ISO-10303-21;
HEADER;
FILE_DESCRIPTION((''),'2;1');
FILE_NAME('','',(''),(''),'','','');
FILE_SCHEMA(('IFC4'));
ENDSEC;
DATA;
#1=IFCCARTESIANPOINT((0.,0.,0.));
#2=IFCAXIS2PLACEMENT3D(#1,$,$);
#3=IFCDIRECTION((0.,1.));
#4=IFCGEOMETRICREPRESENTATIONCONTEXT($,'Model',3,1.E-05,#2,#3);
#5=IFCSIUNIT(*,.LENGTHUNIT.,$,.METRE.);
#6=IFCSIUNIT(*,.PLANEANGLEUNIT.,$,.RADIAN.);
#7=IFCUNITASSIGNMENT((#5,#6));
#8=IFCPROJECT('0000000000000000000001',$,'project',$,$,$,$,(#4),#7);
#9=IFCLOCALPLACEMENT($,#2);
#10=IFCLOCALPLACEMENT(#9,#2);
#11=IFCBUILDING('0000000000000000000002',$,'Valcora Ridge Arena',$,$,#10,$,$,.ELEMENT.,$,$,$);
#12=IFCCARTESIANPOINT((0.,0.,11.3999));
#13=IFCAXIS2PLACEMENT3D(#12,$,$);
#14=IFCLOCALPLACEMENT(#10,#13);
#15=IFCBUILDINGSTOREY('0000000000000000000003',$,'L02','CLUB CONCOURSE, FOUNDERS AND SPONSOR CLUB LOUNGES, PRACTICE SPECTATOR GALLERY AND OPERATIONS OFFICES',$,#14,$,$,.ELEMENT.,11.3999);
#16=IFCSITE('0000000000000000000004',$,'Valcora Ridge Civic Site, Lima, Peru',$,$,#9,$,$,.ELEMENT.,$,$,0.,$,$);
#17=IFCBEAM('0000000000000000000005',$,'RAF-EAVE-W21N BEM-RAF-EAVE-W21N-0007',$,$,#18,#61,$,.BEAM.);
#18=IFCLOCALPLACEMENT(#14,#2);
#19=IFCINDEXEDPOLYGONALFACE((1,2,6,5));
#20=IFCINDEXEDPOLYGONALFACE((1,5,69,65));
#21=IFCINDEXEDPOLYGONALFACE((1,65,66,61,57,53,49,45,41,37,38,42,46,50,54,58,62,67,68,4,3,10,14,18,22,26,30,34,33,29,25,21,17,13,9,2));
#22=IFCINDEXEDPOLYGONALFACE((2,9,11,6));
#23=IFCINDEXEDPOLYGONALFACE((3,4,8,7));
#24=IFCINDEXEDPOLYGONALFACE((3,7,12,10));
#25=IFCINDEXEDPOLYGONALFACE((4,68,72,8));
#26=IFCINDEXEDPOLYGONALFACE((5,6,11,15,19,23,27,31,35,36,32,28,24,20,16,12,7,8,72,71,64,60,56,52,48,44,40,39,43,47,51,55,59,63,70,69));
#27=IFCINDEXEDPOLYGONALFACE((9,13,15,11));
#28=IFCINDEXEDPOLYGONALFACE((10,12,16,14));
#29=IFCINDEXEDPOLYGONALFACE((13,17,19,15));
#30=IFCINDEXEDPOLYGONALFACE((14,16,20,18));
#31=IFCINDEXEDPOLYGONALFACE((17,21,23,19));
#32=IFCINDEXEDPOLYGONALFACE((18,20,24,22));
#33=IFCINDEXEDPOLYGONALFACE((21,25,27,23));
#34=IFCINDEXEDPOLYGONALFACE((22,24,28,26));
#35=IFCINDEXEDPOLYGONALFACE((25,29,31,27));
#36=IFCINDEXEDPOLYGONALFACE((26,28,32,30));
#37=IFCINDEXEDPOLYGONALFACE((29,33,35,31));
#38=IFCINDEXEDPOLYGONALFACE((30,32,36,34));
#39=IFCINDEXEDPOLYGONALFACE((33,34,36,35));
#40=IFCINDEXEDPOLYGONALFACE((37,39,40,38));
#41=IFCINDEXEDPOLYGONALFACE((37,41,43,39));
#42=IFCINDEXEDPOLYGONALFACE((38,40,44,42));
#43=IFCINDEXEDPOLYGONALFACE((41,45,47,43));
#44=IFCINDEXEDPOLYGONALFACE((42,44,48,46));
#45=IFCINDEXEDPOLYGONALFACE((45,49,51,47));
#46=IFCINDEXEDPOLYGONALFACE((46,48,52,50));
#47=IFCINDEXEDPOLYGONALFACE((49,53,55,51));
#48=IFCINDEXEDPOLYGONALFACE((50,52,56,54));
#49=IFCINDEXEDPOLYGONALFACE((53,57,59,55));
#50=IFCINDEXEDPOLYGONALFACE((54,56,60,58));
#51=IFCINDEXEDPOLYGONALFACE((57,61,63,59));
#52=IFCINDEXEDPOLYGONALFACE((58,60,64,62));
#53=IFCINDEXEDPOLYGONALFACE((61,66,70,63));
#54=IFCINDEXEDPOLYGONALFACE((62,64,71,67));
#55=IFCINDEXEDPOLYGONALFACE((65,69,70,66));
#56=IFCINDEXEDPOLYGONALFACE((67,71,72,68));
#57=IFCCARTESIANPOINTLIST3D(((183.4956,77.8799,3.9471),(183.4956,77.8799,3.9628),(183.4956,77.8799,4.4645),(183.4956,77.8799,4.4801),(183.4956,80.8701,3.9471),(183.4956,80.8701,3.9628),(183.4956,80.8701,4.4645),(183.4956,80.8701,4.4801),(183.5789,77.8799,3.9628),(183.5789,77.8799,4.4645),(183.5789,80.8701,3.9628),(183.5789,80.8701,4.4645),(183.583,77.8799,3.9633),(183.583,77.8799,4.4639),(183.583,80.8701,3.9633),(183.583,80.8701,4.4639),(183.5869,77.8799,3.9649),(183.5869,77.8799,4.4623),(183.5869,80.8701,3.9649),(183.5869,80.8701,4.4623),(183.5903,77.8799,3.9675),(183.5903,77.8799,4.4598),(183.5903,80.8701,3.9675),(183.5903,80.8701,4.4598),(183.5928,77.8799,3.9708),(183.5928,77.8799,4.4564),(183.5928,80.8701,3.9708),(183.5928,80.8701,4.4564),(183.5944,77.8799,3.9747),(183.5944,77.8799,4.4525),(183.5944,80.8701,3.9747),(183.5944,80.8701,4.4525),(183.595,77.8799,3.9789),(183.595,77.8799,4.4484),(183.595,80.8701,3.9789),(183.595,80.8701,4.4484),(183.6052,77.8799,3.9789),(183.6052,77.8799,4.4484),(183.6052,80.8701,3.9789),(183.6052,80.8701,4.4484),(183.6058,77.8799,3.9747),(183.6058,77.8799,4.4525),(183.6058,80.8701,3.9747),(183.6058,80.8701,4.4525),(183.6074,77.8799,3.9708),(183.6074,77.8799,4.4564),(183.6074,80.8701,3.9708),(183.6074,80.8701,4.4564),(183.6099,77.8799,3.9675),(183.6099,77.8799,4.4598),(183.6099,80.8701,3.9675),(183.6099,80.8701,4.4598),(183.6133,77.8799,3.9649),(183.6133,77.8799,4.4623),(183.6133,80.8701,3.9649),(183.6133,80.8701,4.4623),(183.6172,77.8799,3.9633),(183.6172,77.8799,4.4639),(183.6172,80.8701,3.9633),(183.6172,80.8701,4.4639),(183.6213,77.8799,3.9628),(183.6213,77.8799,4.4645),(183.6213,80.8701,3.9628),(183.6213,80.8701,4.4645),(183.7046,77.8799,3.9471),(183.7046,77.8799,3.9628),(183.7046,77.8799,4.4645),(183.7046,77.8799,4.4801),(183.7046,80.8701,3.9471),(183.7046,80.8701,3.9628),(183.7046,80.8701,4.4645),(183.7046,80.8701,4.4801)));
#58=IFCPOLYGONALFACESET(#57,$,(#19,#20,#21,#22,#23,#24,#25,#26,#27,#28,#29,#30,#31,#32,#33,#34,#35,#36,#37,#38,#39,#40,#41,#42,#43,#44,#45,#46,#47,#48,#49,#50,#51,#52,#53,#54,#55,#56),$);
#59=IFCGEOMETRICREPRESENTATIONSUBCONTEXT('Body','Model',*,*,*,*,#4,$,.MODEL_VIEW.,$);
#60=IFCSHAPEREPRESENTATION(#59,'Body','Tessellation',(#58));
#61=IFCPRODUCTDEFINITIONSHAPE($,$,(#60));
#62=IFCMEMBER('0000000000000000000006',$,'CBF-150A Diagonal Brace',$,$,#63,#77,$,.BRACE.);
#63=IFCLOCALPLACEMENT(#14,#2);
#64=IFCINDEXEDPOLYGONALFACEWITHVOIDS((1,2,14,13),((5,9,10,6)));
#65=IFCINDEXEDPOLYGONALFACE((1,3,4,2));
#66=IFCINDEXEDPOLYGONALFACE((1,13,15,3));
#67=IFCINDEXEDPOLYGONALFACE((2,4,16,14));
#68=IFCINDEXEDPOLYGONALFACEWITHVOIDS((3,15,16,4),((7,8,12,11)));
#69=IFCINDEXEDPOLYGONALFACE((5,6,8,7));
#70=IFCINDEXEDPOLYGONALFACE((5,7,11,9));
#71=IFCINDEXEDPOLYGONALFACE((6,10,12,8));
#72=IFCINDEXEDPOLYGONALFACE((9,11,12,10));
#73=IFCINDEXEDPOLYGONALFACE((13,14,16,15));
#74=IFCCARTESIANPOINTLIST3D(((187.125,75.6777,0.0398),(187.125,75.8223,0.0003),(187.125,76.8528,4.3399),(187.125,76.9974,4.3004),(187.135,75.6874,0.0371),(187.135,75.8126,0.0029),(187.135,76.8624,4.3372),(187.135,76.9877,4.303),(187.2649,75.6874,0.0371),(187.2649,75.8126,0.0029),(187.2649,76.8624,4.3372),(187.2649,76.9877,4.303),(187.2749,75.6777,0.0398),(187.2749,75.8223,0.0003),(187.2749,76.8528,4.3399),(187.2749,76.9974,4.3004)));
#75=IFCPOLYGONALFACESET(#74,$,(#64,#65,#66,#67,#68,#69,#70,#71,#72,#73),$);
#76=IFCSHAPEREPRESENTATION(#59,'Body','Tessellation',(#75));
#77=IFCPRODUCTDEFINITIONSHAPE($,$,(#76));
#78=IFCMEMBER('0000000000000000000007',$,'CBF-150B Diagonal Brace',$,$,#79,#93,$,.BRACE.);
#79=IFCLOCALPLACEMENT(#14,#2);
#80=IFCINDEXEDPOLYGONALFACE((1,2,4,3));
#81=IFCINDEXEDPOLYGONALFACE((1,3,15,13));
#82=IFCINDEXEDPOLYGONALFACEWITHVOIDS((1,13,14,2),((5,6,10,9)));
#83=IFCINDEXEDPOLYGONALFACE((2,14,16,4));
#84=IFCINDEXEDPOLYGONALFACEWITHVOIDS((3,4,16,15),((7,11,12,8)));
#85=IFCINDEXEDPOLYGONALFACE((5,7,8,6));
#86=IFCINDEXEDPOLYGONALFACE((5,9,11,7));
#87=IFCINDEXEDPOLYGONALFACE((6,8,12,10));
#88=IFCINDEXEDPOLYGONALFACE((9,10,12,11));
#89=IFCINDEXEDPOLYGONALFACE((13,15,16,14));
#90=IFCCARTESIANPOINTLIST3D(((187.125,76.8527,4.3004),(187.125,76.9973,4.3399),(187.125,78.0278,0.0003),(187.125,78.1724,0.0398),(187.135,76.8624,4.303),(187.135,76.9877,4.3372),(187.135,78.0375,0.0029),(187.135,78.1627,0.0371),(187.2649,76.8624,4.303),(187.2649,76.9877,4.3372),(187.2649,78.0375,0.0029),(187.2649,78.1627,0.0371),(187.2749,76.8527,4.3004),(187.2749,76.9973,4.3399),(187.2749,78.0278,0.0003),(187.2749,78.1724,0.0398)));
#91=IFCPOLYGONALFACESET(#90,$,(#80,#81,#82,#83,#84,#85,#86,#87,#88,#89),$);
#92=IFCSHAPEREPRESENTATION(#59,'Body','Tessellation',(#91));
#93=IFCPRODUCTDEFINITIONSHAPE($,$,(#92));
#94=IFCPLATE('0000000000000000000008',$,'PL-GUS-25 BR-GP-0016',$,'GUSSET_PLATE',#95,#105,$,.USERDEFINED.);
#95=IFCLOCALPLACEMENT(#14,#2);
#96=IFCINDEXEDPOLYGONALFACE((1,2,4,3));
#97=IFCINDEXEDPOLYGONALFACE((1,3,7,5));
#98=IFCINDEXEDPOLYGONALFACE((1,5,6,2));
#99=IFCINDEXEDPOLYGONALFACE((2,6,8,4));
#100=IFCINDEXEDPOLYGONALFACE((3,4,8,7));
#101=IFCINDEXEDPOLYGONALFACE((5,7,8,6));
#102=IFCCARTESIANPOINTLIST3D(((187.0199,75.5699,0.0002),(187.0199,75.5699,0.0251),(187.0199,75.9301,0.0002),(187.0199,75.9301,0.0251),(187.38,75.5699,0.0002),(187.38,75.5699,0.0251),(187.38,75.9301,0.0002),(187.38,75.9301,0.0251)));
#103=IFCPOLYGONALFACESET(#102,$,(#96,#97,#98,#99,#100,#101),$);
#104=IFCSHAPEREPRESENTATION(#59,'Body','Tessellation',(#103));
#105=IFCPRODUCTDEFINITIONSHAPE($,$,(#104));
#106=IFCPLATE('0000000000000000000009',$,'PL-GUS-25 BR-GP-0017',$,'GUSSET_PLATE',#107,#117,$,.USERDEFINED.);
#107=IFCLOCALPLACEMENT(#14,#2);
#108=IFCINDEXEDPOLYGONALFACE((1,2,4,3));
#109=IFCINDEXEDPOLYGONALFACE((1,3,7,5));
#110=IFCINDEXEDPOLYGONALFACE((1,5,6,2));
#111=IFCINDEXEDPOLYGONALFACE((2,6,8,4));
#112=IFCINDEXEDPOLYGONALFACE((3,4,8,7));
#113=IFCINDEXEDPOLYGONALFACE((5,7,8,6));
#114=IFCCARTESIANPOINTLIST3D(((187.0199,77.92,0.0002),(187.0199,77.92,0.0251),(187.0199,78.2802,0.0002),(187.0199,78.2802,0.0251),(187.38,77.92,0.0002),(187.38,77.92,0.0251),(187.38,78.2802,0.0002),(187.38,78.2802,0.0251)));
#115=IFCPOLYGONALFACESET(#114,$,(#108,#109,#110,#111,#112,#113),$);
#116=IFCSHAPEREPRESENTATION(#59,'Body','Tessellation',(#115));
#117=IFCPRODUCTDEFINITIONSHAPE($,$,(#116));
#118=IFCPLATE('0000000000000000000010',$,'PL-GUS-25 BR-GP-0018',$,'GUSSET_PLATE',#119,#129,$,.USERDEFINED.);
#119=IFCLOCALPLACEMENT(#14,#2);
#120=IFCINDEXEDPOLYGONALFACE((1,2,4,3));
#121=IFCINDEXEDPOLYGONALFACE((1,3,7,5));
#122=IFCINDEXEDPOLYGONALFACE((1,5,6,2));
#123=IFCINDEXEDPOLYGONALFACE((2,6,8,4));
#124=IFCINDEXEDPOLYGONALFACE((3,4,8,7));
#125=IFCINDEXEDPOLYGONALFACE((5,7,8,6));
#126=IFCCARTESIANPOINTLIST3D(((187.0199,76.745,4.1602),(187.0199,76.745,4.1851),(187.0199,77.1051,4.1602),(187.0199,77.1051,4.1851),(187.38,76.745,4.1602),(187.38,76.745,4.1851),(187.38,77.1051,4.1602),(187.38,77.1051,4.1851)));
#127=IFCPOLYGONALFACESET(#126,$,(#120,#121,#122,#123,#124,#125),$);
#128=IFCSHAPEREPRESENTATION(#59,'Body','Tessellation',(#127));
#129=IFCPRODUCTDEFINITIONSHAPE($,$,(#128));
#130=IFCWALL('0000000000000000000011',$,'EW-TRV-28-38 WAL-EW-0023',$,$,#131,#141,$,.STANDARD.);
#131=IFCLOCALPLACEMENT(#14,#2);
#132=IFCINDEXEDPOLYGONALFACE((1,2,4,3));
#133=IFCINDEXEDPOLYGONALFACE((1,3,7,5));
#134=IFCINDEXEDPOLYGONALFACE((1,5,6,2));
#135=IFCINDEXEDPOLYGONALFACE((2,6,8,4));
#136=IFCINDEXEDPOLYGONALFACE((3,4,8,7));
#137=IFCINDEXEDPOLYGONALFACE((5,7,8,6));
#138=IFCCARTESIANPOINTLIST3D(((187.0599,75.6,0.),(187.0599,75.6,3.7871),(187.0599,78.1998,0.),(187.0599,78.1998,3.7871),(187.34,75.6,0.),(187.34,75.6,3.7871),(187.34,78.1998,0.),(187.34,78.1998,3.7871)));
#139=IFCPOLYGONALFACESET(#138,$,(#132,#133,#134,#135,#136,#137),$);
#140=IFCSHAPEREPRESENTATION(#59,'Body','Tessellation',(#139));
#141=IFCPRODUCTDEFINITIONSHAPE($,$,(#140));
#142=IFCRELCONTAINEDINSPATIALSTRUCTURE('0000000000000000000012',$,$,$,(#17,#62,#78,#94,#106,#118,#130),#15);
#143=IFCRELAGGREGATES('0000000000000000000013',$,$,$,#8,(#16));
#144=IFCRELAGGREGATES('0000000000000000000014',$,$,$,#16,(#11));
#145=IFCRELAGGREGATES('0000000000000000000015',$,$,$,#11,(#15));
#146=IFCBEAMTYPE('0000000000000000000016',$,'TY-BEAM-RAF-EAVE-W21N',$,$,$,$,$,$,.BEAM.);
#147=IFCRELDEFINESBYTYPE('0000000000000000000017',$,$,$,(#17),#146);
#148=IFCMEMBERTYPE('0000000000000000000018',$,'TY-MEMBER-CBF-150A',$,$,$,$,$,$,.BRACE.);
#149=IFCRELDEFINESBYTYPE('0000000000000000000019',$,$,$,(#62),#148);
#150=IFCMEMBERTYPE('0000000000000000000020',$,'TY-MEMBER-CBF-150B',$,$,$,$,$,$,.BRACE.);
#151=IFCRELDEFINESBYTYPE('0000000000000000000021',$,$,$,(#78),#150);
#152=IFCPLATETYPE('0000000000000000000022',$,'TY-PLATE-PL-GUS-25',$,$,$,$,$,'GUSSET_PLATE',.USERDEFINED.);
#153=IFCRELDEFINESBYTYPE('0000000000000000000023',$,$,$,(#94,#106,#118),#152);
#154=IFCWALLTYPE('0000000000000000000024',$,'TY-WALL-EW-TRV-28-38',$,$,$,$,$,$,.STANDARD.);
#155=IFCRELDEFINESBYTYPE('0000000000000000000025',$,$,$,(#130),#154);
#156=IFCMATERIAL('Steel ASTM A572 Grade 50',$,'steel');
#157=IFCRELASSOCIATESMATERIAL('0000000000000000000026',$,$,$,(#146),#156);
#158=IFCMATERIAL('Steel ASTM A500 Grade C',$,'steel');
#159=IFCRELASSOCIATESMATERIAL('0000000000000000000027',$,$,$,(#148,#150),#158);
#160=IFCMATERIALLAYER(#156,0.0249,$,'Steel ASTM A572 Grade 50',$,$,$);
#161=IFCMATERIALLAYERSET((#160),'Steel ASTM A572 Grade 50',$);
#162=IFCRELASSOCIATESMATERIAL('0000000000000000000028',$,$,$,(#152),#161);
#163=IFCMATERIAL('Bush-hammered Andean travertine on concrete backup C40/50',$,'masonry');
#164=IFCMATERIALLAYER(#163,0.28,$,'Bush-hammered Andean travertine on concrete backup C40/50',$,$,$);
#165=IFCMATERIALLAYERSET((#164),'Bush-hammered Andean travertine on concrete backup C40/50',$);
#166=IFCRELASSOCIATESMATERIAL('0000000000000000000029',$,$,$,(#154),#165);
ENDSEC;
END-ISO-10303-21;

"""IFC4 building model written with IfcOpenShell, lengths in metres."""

from ifc_helpers import new_model, si_unit, direction, frame, frame_2d, origin, origin_2d, place, context, subcontext, project, spatial, rectangle, hollow_rectangle, i_section, extrude, material, layer, layer_set, material_profile, profile_set, type_object, element, save


model = new_model("IFC4")

# Units and contexts
model_context = context("Model", 3, precision=1e-05, world=origin(), true_north=direction((0.0, 1.0)))
body_context = subcontext(model_context, "Body", "Model", "MODEL_VIEW")
ifc_project = project(units=[si_unit("LENGTHUNIT", "METRE"), si_unit("PLANEANGLEUNIT", "RADIAN")], contexts=[model_context])

# Site, building, storey
site_placement = place(None, origin())
site = spatial("IfcSite", under=ifc_project, at=site_placement, Name="Valcora Ridge Civic Site, Lima, Peru", CompositionType="ELEMENT", RefElevation=0.0)
building_placement = place(site_placement, origin())
building = spatial("IfcBuilding", under=site, at=building_placement, Name="Valcora Ridge Arena", CompositionType="ELEMENT")
storey_placement = place(building_placement, frame((0.0, 0.0, 11.3999)))
storey = spatial("IfcBuildingStorey", under=building, at=storey_placement, Name="L02", Description="CLUB CONCOURSE, FOUNDERS AND SPONSOR CLUB LOUNGES, PRACTICE SPECTATOR GALLERY AND OPERATIONS OFFICES", CompositionType="ELEMENT", Elevation=11.3999)

# Shared definitions
ifc_material_1 = material(Name="Steel ASTM A500 Grade C", Category="steel")
ifc_material_2 = material(Name="Steel ASTM A572 Grade 50", Category="steel")

# Beam
ifc_material_profile_1 = material_profile(ifc_material_2, i_section(OverallWidth=0.209, OverallDepth=0.533, WebThickness=0.0103, FlangeThickness=0.0156, FilletRadius=0.0161, at=origin_2d()), Name="W21X62")
ifc_profile_set_1 = profile_set([ifc_material_profile_1], Name="Steel ASTM A572 Grade 50")
beam_type_1 = type_object("IfcBeamType", Name="TY-BEAM-RAF-EAVE-W21N", PredefinedType="BEAM", material=ifc_profile_set_1)
beam_placement = place(storey_placement, frame((183.6001, 77.8799, 4.2136), z_axis=(0.0, 1.0, 0.0), x_axis=(-1.0, 0.0, 0.0)))
element("IfcBeam", 1, at=beam_placement, inside=storey, type_object=beam_type_1, Name="RAF-EAVE-W21N BEM-RAF-EAVE-W21N-0007", PredefinedType="BEAM", context=body_context, shape_type="SweptSolid", body=[
    extrude(i_section(OverallWidth=0.209, OverallDepth=0.533, WebThickness=0.0103, FlangeThickness=0.0156, FilletRadius=0.0161, at=origin_2d()), origin(), (0.0, 0.0, 1.0), 2.9902),
])

# Members
ifc_material_profile_2 = material_profile(ifc_material_1, hollow_rectangle(XDim=0.1499, YDim=0.1499, WallThickness=0.01, at=origin_2d()), Name="HSS150X150X10")
ifc_profile_set_2 = profile_set([ifc_material_profile_2], Name="Steel ASTM A500 Grade C")
member_type_1 = type_object("IfcMemberType", Name="TY-MEMBER-CBF-150A", PredefinedType="BRACE", material=ifc_profile_set_2)
member_1_placement = place(storey_placement, frame((187.2, 75.75, 0.02), z_axis=(0.0, 0.263599, 0.964632), x_axis=(-1.0, 0.0, 0.0)))
element("IfcMember", 2, at=member_1_placement, inside=storey, type_object=member_type_1, Name="CBF-150A Diagonal Brace", PredefinedType="BRACE", context=body_context, shape_type="SweptSolid", body=[
    extrude(hollow_rectangle(XDim=0.1499, YDim=0.1499, WallThickness=0.01, at=origin_2d()), origin(), (0.0, 0.0, 1.0), 4.4578),
])
ifc_material_profile_3 = material_profile(ifc_material_1, hollow_rectangle(XDim=0.1499, YDim=0.1499, WallThickness=0.01, at=origin_2d()), Name="HSS150X150X10")
ifc_profile_set_3 = profile_set([ifc_material_profile_3], Name="Steel ASTM A500 Grade C")
member_type_2 = type_object("IfcMemberType", Name="TY-MEMBER-CBF-150B", PredefinedType="BRACE", material=ifc_profile_set_3)
member_2_placement = place(storey_placement, frame((187.2, 78.1001, 0.02), z_axis=(0.0, -0.263599, 0.964632), x_axis=(1.0, 0.0, 0.0)))
element("IfcMember", 3, at=member_2_placement, inside=storey, type_object=member_type_2, Name="CBF-150B Diagonal Brace", PredefinedType="BRACE", context=body_context, shape_type="SweptSolid", body=[
    extrude(hollow_rectangle(XDim=0.1499, YDim=0.1499, WallThickness=0.01, at=origin_2d()), origin(), (0.0, 0.0, 1.0), 4.4578),
])

# Plates
ifc_layer_1 = layer(ifc_material_2, 0.0249, Name="Steel ASTM A572 Grade 50")
ifc_layer_set_1 = layer_set([ifc_layer_1], Name="Steel ASTM A572 Grade 50")
plate_type = type_object("IfcPlateType", Name="TY-PLATE-PL-GUS-25", ElementType="GUSSET_PLATE", PredefinedType="USERDEFINED", material=ifc_layer_set_1)
for number, where, z_axis, x_axis, name in (
    (4, (187.2, 75.75, 0.0002), (0.0, 0.0, 1.0), (1.0, 0.0, 0.0), "PL-GUS-25 BR-GP-0016"),
    (5, (187.2, 78.1001, 0.0002), (0.0, 0.0, 1.0), (1.0, 0.0, 0.0), "PL-GUS-25 BR-GP-0017"),
    (6, (187.2, 76.925, 4.1602), (0.0, 0.0, 1.0), (1.0, 0.0, 0.0), "PL-GUS-25 BR-GP-0018"),
):
    element("IfcPlate", number, at=place(storey_placement, frame(where, z_axis=z_axis, x_axis=x_axis)), inside=storey, type_object=plate_type, Name=name, ObjectType="GUSSET_PLATE", PredefinedType="USERDEFINED", context=body_context, shape_type="SweptSolid", body=[
        extrude(rectangle(XDim=0.3601, YDim=0.3601, at=origin_2d()), origin(), (0.0, 0.0, 1.0), 0.0249),
    ])

# Wall
ifc_material_3 = material(Name="Bush-hammered Andean travertine on concrete backup C40/50", Category="masonry")
ifc_layer_2 = layer(ifc_material_3, 0.28, Name="Bush-hammered Andean travertine on concrete backup C40/50")
ifc_layer_set_2 = layer_set([ifc_layer_2], Name="Bush-hammered Andean travertine on concrete backup C40/50")
wall_type_1 = type_object("IfcWallType", Name="TY-WALL-EW-TRV-28-38", PredefinedType="STANDARD", material=ifc_layer_set_2)
wall_1_placement = place(storey_placement, frame((187.2, 75.6001, 0.0), z_axis=(0.0, 0.0, 1.0), x_axis=(0.0, 1.0, 0.0)))
element("IfcWall", 7, at=wall_1_placement, inside=storey, type_object=wall_type_1, Name="EW-TRV-28-38 WAL-EW-0023", PredefinedType="STANDARD", context=body_context, shape_type="SweptSolid", body=[
    extrude(rectangle(XDim=2.5999, YDim=0.28, at=frame_2d((1.2998, 0.0))), origin(), (0.0, 0.0, 1.0), 3.7871),
])

save(model, "model.ifc")
